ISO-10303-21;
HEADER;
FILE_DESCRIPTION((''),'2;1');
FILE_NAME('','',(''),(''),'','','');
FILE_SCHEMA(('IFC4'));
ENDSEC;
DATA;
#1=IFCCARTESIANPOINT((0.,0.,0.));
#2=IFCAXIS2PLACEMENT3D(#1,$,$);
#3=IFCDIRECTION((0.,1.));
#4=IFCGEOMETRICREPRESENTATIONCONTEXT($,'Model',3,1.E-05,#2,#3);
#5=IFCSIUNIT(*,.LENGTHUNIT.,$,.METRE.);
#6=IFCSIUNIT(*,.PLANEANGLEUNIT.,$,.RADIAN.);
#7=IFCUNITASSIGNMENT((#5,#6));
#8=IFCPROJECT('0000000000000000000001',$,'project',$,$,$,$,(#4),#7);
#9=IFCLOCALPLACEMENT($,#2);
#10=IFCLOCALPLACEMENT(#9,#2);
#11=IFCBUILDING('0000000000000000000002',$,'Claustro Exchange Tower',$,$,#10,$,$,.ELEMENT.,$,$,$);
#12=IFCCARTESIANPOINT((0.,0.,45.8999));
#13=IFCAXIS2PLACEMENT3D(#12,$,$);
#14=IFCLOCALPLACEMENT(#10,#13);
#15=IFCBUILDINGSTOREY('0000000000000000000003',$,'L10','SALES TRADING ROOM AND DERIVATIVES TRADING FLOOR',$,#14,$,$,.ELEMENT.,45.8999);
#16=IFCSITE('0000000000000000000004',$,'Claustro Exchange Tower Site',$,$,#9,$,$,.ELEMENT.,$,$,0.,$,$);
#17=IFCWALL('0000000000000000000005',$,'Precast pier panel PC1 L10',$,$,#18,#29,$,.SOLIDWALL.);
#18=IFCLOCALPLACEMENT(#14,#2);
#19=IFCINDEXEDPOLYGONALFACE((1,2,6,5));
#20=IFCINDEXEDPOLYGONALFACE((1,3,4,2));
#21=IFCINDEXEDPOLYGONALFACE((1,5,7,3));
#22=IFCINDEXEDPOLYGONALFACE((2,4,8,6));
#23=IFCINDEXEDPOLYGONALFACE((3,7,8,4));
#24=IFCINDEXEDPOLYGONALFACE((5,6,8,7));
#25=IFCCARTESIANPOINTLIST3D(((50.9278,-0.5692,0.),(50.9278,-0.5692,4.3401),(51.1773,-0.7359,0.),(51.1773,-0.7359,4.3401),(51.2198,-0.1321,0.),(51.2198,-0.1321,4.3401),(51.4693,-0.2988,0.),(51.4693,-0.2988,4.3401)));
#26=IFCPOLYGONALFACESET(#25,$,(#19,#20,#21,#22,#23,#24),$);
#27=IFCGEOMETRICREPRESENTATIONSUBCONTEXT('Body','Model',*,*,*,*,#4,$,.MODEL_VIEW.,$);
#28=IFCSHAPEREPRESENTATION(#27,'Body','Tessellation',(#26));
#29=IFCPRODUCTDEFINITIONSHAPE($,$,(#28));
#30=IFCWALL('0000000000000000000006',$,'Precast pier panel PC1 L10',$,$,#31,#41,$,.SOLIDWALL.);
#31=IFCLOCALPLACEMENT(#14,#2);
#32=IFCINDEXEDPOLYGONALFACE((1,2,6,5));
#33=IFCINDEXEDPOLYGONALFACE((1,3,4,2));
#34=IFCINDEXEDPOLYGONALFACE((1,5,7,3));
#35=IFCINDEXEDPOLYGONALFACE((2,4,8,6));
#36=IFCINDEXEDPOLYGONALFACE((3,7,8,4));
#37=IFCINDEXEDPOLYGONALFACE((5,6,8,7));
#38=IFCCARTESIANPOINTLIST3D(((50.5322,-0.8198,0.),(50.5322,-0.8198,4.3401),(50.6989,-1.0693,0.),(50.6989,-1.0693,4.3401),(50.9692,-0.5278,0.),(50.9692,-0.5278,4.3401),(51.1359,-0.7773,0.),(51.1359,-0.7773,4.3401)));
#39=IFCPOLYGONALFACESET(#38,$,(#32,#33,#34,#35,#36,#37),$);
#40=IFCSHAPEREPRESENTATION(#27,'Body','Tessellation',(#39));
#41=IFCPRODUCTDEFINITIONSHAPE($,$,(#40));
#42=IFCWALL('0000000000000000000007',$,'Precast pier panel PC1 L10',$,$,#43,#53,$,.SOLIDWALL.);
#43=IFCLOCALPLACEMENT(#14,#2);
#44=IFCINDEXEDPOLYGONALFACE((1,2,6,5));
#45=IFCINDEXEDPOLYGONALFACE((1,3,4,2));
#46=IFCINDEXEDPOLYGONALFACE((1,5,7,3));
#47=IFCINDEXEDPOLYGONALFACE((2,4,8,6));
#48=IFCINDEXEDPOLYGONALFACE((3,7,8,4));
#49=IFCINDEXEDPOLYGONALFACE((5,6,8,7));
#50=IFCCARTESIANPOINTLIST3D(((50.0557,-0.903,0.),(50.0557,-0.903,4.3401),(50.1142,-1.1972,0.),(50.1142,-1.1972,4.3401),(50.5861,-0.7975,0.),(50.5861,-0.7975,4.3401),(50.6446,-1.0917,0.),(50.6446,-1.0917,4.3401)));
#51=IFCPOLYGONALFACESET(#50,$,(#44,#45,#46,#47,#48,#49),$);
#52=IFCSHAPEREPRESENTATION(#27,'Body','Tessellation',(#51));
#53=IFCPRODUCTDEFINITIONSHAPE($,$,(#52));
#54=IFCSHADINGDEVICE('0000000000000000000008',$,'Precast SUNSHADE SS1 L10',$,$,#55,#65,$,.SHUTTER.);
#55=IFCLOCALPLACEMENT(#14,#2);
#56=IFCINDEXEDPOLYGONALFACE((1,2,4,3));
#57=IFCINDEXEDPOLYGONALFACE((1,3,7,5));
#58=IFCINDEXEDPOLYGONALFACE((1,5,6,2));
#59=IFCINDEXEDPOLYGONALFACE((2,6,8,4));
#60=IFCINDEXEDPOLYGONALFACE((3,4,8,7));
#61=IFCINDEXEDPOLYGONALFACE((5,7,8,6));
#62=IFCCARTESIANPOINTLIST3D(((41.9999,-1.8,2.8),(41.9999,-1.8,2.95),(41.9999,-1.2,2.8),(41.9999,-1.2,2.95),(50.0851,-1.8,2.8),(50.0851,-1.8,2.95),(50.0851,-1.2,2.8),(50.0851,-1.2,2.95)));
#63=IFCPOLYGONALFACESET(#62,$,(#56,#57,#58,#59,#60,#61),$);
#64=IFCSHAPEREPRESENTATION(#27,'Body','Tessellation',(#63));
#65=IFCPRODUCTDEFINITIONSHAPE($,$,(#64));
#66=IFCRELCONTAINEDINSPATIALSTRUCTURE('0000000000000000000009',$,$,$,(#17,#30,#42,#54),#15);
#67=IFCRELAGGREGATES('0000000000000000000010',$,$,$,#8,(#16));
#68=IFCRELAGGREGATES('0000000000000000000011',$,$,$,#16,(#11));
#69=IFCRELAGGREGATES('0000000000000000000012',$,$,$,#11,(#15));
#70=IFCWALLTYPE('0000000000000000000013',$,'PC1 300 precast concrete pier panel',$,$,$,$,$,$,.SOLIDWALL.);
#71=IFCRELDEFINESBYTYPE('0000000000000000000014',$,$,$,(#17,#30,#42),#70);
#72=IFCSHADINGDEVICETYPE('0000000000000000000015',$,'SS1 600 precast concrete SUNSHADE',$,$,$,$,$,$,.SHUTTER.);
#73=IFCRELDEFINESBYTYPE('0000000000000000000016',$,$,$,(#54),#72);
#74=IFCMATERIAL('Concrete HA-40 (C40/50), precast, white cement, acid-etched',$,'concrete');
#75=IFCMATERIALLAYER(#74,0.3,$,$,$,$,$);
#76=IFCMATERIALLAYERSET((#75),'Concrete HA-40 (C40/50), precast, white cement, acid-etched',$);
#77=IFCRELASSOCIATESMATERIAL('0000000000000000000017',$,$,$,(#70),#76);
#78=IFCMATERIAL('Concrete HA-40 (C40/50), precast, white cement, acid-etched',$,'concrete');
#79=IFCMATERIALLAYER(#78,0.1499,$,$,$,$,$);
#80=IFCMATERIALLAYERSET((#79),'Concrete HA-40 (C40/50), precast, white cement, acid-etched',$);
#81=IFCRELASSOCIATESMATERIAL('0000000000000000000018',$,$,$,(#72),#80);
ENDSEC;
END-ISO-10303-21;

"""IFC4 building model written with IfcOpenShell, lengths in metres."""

from ifc_helpers import new_model, si_unit, direction, frame, frame_2d, origin, origin_2d, place, context, subcontext, project, spatial, rectangle, extrude, material, layer, layer_set, type_object, element, save


model = new_model("IFC4")

# Units and contexts
model_context = context("Model", 3, precision=1e-05, world=origin(), true_north=direction((0.0, 1.0)))
body_context = subcontext(model_context, "Body", "Model", "MODEL_VIEW")
ifc_project = project(units=[si_unit("LENGTHUNIT", "METRE"), si_unit("PLANEANGLEUNIT", "RADIAN")], contexts=[model_context])

# Site, building, storey
site_placement = place(None, origin())
site = spatial("IfcSite", under=ifc_project, at=site_placement, Name="Claustro Exchange Tower Site", CompositionType="ELEMENT", RefElevation=0.0)
building_placement = place(site_placement, origin())
building = spatial("IfcBuilding", under=site, at=building_placement, Name="Claustro Exchange Tower", CompositionType="ELEMENT")
storey_placement = place(building_placement, frame((0.0, 0.0, 45.8999)))
storey = spatial("IfcBuildingStorey", under=building, at=storey_placement, Name="L10", Description="SALES TRADING ROOM AND DERIVATIVES TRADING FLOOR", CompositionType="ELEMENT", Elevation=45.8999)

# Shared definitions
ifc_material_1 = material(Name="Concrete HA-40 (C40/50), precast, white cement, acid-etched", Category="concrete")
ifc_layer_1 = layer(ifc_material_1, 0.3)
ifc_layer_set_1 = layer_set([ifc_layer_1], Name="Concrete HA-40 (C40/50), precast, white cement, acid-etched")
wall_type_1 = type_object("IfcWallType", Name="PC1 300 precast concrete pier panel", PredefinedType="SOLIDWALL", material=ifc_layer_set_1)

# Walls
for number, where, z_axis, x_axis, name in (
    (1, (51.3445, -0.2156, 0.0), (0.0, 0.0, 1.0), (-0.555557, -0.831478, 0.0), "Precast pier panel PC1 L10"),
    (2, (51.0525, -0.6526, 0.0), (0.0, 0.0, 1.0), (-0.831478, -0.555557, 0.0), "Precast pier panel PC1 L10"),
):
    element("IfcWall", number, at=place(storey_placement, frame(where, z_axis=z_axis, x_axis=x_axis)), inside=storey, type_object=wall_type_1, Name=name, PredefinedType="SOLIDWALL", context=body_context, shape_type="SweptSolid", body=[
        extrude(rectangle(XDim=0.5256, YDim=0.3, at=frame_2d((0.2627, 0.0))), origin(), (0.0, 0.0, 1.0), 4.3401),
    ])
wall_1_placement = place(storey_placement, frame((50.6155, -0.9446, 0.0), z_axis=(0.0, 0.0, 1.0), x_axis=(-0.980789, -0.195074, 0.0)))
element("IfcWall", 3, at=wall_1_placement, inside=storey, type_object=wall_type_1, Name="Precast pier panel PC1 L10", PredefinedType="SOLIDWALL", context=body_context, shape_type="SweptSolid", body=[
    extrude(rectangle(XDim=0.5408, YDim=0.3, at=frame_2d((0.2705, 0.0))), origin(), (0.0, 0.0, 1.0), 4.3401),
])

# Shading device
ifc_material_2 = material(Name="Concrete HA-40 (C40/50), precast, white cement, acid-etched", Category="concrete")
ifc_layer_2 = layer(ifc_material_2, 0.1499)
ifc_layer_set_2 = layer_set([ifc_layer_2], Name="Concrete HA-40 (C40/50), precast, white cement, acid-etched")
shading_device_type = type_object("IfcShadingDeviceType", Name="SS1 600 precast concrete SUNSHADE", PredefinedType="SHUTTER", material=ifc_layer_set_2)
shading_device_placement = place(storey_placement, frame((46.0425, -1.5, 2.8), z_axis=(0.0, 0.0, 1.0), x_axis=(-1.0, 0.0, 0.0)))
element("IfcShadingDevice", 4, at=shading_device_placement, inside=storey, type_object=shading_device_type, Name="Precast SUNSHADE SS1 L10", PredefinedType="SHUTTER", context=body_context, shape_type="SweptSolid", body=[
    extrude(rectangle(XDim=8.0852, YDim=0.6001, at=origin_2d()), origin(), (0.0, 0.0, 1.0), 0.1499),
])

save(model, "model.ifc")
